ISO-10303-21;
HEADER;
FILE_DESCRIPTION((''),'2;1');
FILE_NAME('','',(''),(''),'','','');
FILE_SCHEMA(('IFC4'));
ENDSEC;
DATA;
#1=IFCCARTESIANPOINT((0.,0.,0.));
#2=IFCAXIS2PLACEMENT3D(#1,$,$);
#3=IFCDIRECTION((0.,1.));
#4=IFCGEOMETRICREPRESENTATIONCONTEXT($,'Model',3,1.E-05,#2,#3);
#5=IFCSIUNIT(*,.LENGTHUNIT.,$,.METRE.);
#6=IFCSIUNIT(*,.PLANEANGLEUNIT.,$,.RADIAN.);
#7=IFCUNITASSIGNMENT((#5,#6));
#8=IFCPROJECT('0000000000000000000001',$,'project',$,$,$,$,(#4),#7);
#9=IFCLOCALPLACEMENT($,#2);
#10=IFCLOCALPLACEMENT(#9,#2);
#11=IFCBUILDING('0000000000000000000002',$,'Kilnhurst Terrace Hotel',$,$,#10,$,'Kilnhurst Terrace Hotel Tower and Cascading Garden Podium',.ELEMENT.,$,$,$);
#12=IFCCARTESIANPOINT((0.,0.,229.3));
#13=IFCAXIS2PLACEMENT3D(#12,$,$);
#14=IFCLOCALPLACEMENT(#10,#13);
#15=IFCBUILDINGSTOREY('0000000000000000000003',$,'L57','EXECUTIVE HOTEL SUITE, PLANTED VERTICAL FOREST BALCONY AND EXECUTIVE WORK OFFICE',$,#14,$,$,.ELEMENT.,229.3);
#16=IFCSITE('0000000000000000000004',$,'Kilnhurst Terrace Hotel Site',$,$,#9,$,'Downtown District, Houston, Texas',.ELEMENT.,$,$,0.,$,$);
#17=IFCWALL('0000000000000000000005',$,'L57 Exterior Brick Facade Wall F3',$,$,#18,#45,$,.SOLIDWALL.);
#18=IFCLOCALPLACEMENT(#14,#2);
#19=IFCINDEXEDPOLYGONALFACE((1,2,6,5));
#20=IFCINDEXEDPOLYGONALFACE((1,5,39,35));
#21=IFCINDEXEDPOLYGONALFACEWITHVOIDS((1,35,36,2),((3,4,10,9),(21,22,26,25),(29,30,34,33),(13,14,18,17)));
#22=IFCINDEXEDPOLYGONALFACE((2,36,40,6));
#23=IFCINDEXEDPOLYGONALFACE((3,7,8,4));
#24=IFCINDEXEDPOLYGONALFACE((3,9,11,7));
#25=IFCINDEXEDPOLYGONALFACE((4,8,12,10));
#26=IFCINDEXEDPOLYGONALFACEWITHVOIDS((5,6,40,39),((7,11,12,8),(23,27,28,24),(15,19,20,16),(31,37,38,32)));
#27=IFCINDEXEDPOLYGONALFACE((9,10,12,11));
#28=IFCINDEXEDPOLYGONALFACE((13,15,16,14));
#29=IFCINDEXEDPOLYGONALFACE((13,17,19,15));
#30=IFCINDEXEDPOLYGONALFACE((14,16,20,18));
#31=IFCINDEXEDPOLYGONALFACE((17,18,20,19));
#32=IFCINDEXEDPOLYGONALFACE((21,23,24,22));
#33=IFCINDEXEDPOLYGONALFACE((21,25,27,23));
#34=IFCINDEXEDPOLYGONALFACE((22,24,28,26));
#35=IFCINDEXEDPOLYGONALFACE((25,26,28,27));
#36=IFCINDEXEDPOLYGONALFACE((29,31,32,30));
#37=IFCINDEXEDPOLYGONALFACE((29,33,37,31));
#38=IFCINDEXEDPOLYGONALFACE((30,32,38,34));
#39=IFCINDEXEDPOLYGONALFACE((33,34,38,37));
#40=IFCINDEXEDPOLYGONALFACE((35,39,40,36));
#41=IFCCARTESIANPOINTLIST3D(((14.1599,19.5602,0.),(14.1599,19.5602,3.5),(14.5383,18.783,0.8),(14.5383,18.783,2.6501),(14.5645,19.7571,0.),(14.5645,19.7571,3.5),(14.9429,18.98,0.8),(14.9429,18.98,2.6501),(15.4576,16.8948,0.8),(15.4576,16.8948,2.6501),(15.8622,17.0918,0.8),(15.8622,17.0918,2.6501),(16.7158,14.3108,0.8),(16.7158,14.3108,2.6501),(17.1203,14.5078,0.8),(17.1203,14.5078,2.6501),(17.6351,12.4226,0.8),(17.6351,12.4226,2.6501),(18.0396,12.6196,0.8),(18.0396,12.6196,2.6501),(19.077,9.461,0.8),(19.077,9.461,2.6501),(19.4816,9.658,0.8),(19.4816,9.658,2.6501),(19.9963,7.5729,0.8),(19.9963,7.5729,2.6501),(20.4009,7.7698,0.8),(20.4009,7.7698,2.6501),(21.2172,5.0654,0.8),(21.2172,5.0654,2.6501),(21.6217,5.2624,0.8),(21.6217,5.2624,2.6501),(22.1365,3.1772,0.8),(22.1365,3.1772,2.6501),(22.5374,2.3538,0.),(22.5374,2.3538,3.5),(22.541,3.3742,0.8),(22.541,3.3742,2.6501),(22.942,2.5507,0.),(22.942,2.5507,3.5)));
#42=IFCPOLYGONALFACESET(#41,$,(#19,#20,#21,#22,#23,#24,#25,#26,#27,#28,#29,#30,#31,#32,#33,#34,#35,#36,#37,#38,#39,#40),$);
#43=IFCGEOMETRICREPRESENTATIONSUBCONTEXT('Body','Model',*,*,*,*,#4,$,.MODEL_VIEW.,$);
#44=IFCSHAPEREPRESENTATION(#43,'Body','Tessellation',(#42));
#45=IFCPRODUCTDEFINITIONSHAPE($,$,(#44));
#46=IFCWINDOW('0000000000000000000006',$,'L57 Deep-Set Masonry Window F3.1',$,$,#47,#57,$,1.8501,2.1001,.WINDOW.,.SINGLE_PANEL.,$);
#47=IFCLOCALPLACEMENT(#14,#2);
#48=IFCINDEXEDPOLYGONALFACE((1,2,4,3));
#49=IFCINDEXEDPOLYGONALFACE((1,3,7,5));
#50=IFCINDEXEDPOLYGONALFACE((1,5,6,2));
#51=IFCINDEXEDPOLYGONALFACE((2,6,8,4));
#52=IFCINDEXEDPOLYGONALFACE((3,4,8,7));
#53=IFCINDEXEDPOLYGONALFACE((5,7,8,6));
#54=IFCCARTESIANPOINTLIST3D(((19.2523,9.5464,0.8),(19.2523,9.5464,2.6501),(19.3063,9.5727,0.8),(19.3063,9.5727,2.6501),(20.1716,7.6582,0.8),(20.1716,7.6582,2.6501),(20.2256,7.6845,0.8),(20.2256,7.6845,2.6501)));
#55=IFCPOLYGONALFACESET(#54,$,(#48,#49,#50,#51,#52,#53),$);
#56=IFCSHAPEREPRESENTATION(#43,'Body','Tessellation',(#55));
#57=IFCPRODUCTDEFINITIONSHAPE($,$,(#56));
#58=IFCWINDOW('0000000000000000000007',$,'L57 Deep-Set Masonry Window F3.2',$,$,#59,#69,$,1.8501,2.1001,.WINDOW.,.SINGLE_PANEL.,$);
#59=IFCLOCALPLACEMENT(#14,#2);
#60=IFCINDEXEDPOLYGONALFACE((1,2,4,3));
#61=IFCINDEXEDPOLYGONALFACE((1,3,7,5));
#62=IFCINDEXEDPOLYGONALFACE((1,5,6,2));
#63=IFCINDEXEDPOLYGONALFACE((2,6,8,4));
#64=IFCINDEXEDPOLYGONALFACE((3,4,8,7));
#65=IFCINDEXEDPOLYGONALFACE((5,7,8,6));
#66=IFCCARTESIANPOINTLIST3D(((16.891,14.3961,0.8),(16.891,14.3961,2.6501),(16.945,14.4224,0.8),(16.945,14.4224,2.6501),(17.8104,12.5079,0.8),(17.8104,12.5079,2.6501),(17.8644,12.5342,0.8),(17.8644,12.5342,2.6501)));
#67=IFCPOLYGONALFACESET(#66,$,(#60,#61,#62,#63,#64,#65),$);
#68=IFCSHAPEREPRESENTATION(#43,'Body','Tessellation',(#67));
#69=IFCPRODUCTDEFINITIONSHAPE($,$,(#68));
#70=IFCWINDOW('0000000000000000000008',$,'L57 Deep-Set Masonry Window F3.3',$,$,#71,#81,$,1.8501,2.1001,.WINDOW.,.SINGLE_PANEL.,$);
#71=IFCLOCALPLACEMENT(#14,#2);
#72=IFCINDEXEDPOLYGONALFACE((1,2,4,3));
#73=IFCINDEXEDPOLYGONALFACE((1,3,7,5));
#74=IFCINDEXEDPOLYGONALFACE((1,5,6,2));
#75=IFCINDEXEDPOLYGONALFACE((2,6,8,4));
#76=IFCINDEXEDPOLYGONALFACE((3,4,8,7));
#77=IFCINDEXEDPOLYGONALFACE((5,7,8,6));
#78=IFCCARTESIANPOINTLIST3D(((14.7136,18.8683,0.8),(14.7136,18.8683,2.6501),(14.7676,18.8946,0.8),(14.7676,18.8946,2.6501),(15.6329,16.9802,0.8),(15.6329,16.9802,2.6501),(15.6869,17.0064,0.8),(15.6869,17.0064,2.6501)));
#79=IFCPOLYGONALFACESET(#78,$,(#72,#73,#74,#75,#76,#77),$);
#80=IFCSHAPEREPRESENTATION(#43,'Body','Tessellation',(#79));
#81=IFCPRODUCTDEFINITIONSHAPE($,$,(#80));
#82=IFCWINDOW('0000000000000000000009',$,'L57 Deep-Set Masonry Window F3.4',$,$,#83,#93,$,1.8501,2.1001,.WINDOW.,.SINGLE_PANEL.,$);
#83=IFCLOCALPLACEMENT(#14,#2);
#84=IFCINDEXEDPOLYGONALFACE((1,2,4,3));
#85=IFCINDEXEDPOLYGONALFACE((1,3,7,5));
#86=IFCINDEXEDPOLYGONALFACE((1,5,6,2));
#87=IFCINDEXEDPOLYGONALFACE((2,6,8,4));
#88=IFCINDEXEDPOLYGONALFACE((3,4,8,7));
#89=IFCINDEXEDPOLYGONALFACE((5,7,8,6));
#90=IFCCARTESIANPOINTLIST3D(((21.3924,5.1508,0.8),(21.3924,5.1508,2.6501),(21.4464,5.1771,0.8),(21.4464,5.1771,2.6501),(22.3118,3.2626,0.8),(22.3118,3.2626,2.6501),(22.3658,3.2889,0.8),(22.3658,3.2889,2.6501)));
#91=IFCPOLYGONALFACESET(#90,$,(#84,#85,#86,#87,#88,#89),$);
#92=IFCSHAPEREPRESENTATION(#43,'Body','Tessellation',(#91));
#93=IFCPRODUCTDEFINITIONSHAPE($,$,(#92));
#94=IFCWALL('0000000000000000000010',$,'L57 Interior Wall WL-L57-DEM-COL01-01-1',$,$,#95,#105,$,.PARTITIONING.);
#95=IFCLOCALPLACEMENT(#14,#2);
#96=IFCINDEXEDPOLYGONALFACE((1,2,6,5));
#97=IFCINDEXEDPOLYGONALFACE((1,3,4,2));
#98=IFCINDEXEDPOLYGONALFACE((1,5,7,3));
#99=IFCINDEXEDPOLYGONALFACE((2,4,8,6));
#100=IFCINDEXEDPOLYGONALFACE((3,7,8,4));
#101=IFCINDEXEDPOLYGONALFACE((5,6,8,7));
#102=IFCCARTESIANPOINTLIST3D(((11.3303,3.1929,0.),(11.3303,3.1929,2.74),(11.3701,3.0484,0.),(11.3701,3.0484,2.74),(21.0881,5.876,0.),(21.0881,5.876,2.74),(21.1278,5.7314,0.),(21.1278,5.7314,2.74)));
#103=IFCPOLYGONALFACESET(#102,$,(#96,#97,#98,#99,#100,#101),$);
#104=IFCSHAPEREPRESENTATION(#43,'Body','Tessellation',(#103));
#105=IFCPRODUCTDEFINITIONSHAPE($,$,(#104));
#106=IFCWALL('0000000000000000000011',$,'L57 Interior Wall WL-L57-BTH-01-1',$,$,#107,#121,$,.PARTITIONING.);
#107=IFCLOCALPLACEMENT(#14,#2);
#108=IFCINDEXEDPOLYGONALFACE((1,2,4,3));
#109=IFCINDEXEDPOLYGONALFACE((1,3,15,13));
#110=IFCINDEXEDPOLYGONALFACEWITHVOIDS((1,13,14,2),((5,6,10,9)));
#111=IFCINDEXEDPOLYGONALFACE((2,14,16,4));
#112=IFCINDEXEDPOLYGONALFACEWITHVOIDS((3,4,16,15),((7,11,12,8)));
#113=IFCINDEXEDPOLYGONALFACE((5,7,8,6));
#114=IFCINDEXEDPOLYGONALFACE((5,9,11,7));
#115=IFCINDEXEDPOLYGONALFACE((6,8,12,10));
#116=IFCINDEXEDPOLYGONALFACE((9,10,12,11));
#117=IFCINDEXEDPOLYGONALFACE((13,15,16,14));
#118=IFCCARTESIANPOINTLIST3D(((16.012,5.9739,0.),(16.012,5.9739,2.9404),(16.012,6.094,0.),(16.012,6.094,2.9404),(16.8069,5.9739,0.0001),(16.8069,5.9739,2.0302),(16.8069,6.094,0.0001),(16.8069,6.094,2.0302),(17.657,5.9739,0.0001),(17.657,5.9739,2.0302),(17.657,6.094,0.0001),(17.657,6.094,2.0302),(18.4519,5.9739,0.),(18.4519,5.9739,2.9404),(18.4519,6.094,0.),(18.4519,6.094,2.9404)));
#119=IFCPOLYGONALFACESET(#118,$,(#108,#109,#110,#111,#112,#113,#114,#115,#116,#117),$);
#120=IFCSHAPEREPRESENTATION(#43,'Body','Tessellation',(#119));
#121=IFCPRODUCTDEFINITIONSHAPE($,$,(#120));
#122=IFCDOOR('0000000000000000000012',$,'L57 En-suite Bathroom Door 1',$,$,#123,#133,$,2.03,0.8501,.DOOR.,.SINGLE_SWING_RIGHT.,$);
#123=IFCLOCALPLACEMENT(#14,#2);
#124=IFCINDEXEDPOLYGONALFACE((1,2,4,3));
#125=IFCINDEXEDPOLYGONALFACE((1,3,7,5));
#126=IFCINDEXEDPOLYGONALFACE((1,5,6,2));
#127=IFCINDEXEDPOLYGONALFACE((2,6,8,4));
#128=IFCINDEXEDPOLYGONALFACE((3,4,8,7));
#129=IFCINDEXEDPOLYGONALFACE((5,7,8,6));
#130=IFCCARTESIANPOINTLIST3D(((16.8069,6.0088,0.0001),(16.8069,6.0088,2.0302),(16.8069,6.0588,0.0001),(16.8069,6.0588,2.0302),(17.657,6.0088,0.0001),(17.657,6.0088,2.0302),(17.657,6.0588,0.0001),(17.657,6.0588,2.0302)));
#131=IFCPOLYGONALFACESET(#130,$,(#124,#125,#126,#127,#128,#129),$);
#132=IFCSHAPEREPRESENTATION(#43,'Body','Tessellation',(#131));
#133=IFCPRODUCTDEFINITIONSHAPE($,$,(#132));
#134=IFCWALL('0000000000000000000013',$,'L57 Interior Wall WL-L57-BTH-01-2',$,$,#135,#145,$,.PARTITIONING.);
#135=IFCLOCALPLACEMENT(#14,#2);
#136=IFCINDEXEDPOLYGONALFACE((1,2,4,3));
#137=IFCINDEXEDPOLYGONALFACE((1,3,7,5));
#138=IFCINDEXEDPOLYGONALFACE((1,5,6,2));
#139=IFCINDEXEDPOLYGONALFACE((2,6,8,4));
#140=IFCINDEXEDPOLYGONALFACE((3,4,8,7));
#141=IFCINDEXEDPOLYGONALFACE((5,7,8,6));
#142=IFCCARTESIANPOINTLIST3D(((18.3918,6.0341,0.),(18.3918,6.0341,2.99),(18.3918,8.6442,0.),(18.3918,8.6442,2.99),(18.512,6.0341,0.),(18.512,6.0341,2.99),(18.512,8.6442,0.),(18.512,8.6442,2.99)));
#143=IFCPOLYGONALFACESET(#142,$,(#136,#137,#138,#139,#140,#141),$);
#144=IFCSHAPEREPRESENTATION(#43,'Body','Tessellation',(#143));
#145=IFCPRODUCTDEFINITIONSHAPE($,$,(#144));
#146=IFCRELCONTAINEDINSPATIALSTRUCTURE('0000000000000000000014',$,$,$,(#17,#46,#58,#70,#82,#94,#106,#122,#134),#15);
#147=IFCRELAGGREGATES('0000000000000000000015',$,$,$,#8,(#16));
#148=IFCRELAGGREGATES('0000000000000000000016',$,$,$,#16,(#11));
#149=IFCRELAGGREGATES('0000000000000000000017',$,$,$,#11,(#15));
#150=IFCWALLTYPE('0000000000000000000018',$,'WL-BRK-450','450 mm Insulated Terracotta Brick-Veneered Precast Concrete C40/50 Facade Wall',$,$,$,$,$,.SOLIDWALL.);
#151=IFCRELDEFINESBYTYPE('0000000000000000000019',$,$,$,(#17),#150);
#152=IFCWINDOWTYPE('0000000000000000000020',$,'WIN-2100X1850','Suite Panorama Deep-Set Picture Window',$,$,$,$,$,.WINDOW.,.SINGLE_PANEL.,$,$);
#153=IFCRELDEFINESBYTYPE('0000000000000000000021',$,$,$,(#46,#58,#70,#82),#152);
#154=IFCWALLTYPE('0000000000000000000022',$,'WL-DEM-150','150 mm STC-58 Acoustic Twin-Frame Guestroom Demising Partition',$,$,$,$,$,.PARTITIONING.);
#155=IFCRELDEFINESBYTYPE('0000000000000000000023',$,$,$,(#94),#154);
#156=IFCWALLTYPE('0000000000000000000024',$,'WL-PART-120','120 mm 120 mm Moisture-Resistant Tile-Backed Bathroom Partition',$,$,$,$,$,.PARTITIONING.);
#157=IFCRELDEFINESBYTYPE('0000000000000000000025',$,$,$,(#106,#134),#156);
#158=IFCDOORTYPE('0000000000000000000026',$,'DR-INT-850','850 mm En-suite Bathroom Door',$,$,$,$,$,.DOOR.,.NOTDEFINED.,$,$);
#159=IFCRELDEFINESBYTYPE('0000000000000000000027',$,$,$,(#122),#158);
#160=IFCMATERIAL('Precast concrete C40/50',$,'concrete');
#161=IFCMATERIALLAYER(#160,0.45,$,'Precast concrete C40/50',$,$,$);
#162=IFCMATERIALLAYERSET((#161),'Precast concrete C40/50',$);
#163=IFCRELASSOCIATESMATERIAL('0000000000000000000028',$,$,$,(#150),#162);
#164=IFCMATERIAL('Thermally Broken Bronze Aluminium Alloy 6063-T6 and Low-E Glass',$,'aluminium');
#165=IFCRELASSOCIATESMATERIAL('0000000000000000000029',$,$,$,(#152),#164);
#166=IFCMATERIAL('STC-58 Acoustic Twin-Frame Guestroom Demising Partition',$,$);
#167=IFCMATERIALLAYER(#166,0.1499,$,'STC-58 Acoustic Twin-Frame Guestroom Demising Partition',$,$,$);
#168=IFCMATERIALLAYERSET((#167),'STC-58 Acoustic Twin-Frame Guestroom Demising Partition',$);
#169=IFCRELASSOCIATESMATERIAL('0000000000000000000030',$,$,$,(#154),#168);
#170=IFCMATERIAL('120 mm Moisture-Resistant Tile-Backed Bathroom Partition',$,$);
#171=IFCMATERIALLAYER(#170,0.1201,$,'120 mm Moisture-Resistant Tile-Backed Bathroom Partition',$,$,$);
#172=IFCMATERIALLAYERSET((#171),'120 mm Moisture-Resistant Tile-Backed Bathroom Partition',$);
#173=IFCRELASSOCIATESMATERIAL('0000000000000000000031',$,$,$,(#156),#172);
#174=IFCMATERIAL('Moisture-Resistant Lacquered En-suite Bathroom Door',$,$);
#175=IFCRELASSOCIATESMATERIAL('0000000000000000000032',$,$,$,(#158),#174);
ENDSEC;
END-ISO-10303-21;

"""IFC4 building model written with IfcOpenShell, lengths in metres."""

from ifc_helpers import new_model, si_unit, direction, frame, frame_2d, origin, place, context, subcontext, project, spatial, rectangle, extrude, material, layer, layer_set, type_object, element, fill, save


model = new_model("IFC4")

# Units and contexts
model_context = context("Model", 3, precision=1e-05, world=origin(), true_north=direction((0.0, 1.0)))
body_context = subcontext(model_context, "Body", "Model", "MODEL_VIEW")
ifc_project = project(units=[si_unit("LENGTHUNIT", "METRE"), si_unit("PLANEANGLEUNIT", "RADIAN")], contexts=[model_context])

# Site, building, storey
site_placement = place(None, origin())
site = spatial("IfcSite", under=ifc_project, at=site_placement, Name="Kilnhurst Terrace Hotel Site", LongName="Downtown District, Houston, Texas", CompositionType="ELEMENT", RefElevation=0.0)
building_placement = place(site_placement, origin())
building = spatial("IfcBuilding", under=site, at=building_placement, Name="Kilnhurst Terrace Hotel", LongName="Kilnhurst Terrace Hotel Tower and Cascading Garden Podium", CompositionType="ELEMENT")
storey_placement = place(building_placement, frame((0.0, 0.0, 229.3)))
storey = spatial("IfcBuildingStorey", under=building, at=storey_placement, Name="L57", Description="EXECUTIVE HOTEL SUITE, PLANTED VERTICAL FOREST BALCONY AND EXECUTIVE WORK OFFICE", CompositionType="ELEMENT", Elevation=229.3)

# Shared definitions
ifc_material_1 = material(Name="Precast concrete C40/50", Category="concrete")
ifc_layer_1 = layer(ifc_material_1, 0.45, Name="Precast concrete C40/50")
ifc_layer_set_1 = layer_set([ifc_layer_1], Name="Precast concrete C40/50")
wall_type_1 = type_object("IfcWallType", Name="WL-BRK-450", Description="450 mm Insulated Terracotta Brick-Veneered Precast Concrete C40/50 Facade Wall", PredefinedType="SOLIDWALL", material=ifc_layer_set_1)

# Wall, openings, windows
wall_1_placement = place(storey_placement, frame((22.7397, 2.4521, 0.0), z_axis=(0.0, 0.0, 1.0), x_axis=(-0.437753, 0.899095, 0.0)))
wall_1 = element("IfcWall", 1, at=wall_1_placement, inside=storey, type_object=wall_type_1, Name="L57 Exterior Brick Facade Wall F3", PredefinedType="SOLIDWALL", context=body_context, shape_type="SweptSolid", body=[
    extrude(rectangle(XDim=19.1375, YDim=0.45, at=frame_2d((9.5688, 0.0))), origin(), (0.0, 0.0, 1.0), 3.5),
])
opening_1_placement = place(wall_1_placement, frame((5.8049, 0.0, 0.8)))
opening_1 = element("IfcOpeningElement", 2, at=opening_1_placement, cuts=wall_1, PredefinedType="OPENING", context=body_context, shape_type="SweptSolid", body=[
    extrude(rectangle(XDim=2.1001, YDim=1.8501, at=frame_2d((1.05, 0.925))), frame((0.0, 0.2349, 0.0), z_axis=(0.0, -1.0, 0.0), x_axis=(1.0, 0.0, 0.0)), (0.0, 0.0, 1.0), 0.47),
])
opening_2_placement = place(wall_1_placement, frame((11.199, 0.0, 0.8)))
opening_2 = element("IfcOpeningElement", 3, at=opening_2_placement, cuts=wall_1, PredefinedType="OPENING", context=body_context, shape_type="SweptSolid", body=[
    extrude(rectangle(XDim=2.1001, YDim=1.8501, at=frame_2d((1.05, 0.925))), frame((0.0, 0.2349, 0.0), z_axis=(0.0, -1.0, 0.0), x_axis=(1.0, 0.0, 0.0)), (0.0, 0.0, 1.0), 0.47),
])
opening_3_placement = place(wall_1_placement, frame((16.1731, 0.0, 0.8)))
opening_3 = element("IfcOpeningElement", 4, at=opening_3_placement, cuts=wall_1, PredefinedType="OPENING", context=body_context, shape_type="SweptSolid", body=[
    extrude(rectangle(XDim=2.1001, YDim=1.8501, at=frame_2d((1.05, 0.925))), frame((0.0, 0.2349, 0.0), z_axis=(0.0, -1.0, 0.0), x_axis=(1.0, 0.0, 0.0)), (0.0, 0.0, 1.0), 0.47),
])
opening_4_placement = place(wall_1_placement, frame((0.916, 0.0, 0.8)))
opening_4 = element("IfcOpeningElement", 5, at=opening_4_placement, cuts=wall_1, PredefinedType="OPENING", context=body_context, shape_type="SweptSolid", body=[
    extrude(rectangle(XDim=2.1001, YDim=1.8501, at=frame_2d((1.05, 0.925))), frame((0.0, 0.2349, 0.0), z_axis=(0.0, -1.0, 0.0), x_axis=(1.0, 0.0, 0.0)), (0.0, 0.0, 1.0), 0.47),
])
ifc_material_2 = material(Name="Thermally Broken Bronze Aluminium Alloy 6063-T6 and Low-E Glass", Category="aluminium")
window_type = type_object("IfcWindowType", Name="WIN-2100X1850", Description="Suite Panorama Deep-Set Picture Window", PartitioningType="SINGLE_PANEL", PredefinedType="WINDOW", material=ifc_material_2)
window_1_placement = place(opening_1_placement, origin())
window_1 = element("IfcWindow", 6, at=window_1_placement, inside=storey, type_object=window_type, Name="L57 Deep-Set Masonry Window F3.1", OverallHeight=1.8501, OverallWidth=2.1001, PartitioningType="SINGLE_PANEL", PredefinedType="WINDOW", context=body_context, shape_type="SweptSolid", body=[
    extrude(rectangle(XDim=2.1001, YDim=1.8501, at=frame_2d((1.05, 0.925))), frame((0.0, 0.03, 0.0), z_axis=(0.0, -1.0, 0.0), x_axis=(1.0, 0.0, 0.0)), (0.0, 0.0, 1.0), 0.0601),
])
fill(opening_1, window_1)
window_2_placement = place(opening_2_placement, origin())
window_2 = element("IfcWindow", 7, at=window_2_placement, inside=storey, type_object=window_type, Name="L57 Deep-Set Masonry Window F3.2", OverallHeight=1.8501, OverallWidth=2.1001, PartitioningType="SINGLE_PANEL", PredefinedType="WINDOW", context=body_context, shape_type="SweptSolid", body=[
    extrude(rectangle(XDim=2.1001, YDim=1.8501, at=frame_2d((1.05, 0.925))), frame((0.0, 0.03, 0.0), z_axis=(0.0, -1.0, 0.0), x_axis=(1.0, 0.0, 0.0)), (0.0, 0.0, 1.0), 0.0601),
])
fill(opening_2, window_2)
window_3_placement = place(opening_3_placement, origin())
window_3 = element("IfcWindow", 8, at=window_3_placement, inside=storey, type_object=window_type, Name="L57 Deep-Set Masonry Window F3.3", OverallHeight=1.8501, OverallWidth=2.1001, PartitioningType="SINGLE_PANEL", PredefinedType="WINDOW", context=body_context, shape_type="SweptSolid", body=[
    extrude(rectangle(XDim=2.1001, YDim=1.8501, at=frame_2d((1.05, 0.925))), frame((0.0, 0.03, 0.0), z_axis=(0.0, -1.0, 0.0), x_axis=(1.0, 0.0, 0.0)), (0.0, 0.0, 1.0), 0.0601),
])
fill(opening_3, window_3)
window_4_placement = place(opening_4_placement, origin())
window_4 = element("IfcWindow", 9, at=window_4_placement, inside=storey, type_object=window_type, Name="L57 Deep-Set Masonry Window F3.4", OverallHeight=1.8501, OverallWidth=2.1001, PartitioningType="SINGLE_PANEL", PredefinedType="WINDOW", context=body_context, shape_type="SweptSolid", body=[
    extrude(rectangle(XDim=2.1001, YDim=1.8501, at=frame_2d((1.05, 0.925))), frame((0.0, 0.03, 0.0), z_axis=(0.0, -1.0, 0.0), x_axis=(1.0, 0.0, 0.0)), (0.0, 0.0, 1.0), 0.0601),
])
fill(opening_4, window_4)

# Wall
ifc_material_3 = material(Name="STC-58 Acoustic Twin-Frame Guestroom Demising Partition")
ifc_layer_2 = layer(ifc_material_3, 0.1499, Name="STC-58 Acoustic Twin-Frame Guestroom Demising Partition")
ifc_layer_set_2 = layer_set([ifc_layer_2], Name="STC-58 Acoustic Twin-Frame Guestroom Demising Partition")
wall_type_2 = type_object("IfcWallType", Name="WL-DEM-150", Description="150 mm STC-58 Acoustic Twin-Frame Guestroom Demising Partition", PredefinedType="PARTITIONING", material=ifc_layer_set_2)
wall_2_placement = place(storey_placement, frame((11.3501, 3.1206, 0.0), z_axis=(0.0, 0.0, 1.0), x_axis=(0.964213, 0.26513, 0.0)))
element("IfcWall", 10, at=wall_2_placement, inside=storey, type_object=wall_type_2, Name="L57 Interior Wall WL-L57-DEM-COL01-01-1", PredefinedType="PARTITIONING", context=body_context, shape_type="SweptSolid", body=[
    extrude(rectangle(XDim=10.1199, YDim=0.1499, at=frame_2d((5.0601, 0.0))), origin(), (0.0, 0.0, 1.0), 2.74),
])

# Wall, opening, door
ifc_material_4 = material(Name="120 mm Moisture-Resistant Tile-Backed Bathroom Partition")
ifc_layer_3 = layer(ifc_material_4, 0.1201, Name="120 mm Moisture-Resistant Tile-Backed Bathroom Partition")
ifc_layer_set_3 = layer_set([ifc_layer_3], Name="120 mm Moisture-Resistant Tile-Backed Bathroom Partition")
wall_type_3 = type_object("IfcWallType", Name="WL-PART-120", Description="120 mm 120 mm Moisture-Resistant Tile-Backed Bathroom Partition", PredefinedType="PARTITIONING", material=ifc_layer_set_3)
wall_3_placement = place(storey_placement, frame((16.012, 6.0339, 0.0), z_axis=(0.0, 0.0, 1.0), x_axis=(1.0, 0.0, 0.0)))
wall_3 = element("IfcWall", 11, at=wall_3_placement, inside=storey, type_object=wall_type_3, Name="L57 Interior Wall WL-L57-BTH-01-1", PredefinedType="PARTITIONING", context=body_context, shape_type="SweptSolid", body=[
    extrude(rectangle(XDim=2.4399, YDim=0.1201, at=frame_2d((1.22, 0.0))), origin(), (0.0, 0.0, 1.0), 2.9404),
])
opening_5_placement = place(wall_3_placement, frame((0.7949, 0.0, 0.0)))
opening_5 = element("IfcOpeningElement", 12, at=opening_5_placement, cuts=wall_3, PredefinedType="OPENING", context=body_context, shape_type="SweptSolid", body=[
    extrude(rectangle(XDim=0.8501, YDim=2.03, at=frame_2d((0.425, 1.0151))), frame((0.0, 0.0701, 0.0), z_axis=(0.0, -1.0, 0.0), x_axis=(1.0, 0.0, 0.0)), (0.0, 0.0, 1.0), 0.1401),
])
ifc_material_5 = material(Name="Moisture-Resistant Lacquered En-suite Bathroom Door")
door_type = type_object("IfcDoorType", Name="DR-INT-850", Description="850 mm En-suite Bathroom Door", OperationType="NOTDEFINED", PredefinedType="DOOR", material=ifc_material_5)
door_1_placement = place(opening_5_placement, origin())
door_1 = element("IfcDoor", 13, at=door_1_placement, inside=storey, type_object=door_type, Name="L57 En-suite Bathroom Door 1", OperationType="SINGLE_SWING_RIGHT", OverallHeight=2.03, OverallWidth=0.8501, PredefinedType="DOOR", context=body_context, shape_type="SweptSolid", body=[
    extrude(rectangle(XDim=0.8501, YDim=2.03, at=frame_2d((0.425, 1.0151))), frame((0.0, 0.0249, 0.0), z_axis=(0.0, -1.0, 0.0), x_axis=(1.0, 0.0, 0.0)), (0.0, 0.0, 1.0), 0.05),
])
fill(opening_5, door_1)

# Wall
wall_4_placement = place(storey_placement, frame((18.4519, 6.0339, 0.0), z_axis=(0.0, 0.0, 1.0), x_axis=(0.0, 1.0, 0.0)))
element("IfcWall", 14, at=wall_4_placement, inside=storey, type_object=wall_type_3, Name="L57 Interior Wall WL-L57-BTH-01-2", PredefinedType="PARTITIONING", context=body_context, shape_type="SweptSolid", body=[
    extrude(rectangle(XDim=2.6101, YDim=0.1201, at=frame_2d((1.3052, 0.0))), origin(), (0.0, 0.0, 1.0), 2.99),
])

save(model, "model.ifc")
